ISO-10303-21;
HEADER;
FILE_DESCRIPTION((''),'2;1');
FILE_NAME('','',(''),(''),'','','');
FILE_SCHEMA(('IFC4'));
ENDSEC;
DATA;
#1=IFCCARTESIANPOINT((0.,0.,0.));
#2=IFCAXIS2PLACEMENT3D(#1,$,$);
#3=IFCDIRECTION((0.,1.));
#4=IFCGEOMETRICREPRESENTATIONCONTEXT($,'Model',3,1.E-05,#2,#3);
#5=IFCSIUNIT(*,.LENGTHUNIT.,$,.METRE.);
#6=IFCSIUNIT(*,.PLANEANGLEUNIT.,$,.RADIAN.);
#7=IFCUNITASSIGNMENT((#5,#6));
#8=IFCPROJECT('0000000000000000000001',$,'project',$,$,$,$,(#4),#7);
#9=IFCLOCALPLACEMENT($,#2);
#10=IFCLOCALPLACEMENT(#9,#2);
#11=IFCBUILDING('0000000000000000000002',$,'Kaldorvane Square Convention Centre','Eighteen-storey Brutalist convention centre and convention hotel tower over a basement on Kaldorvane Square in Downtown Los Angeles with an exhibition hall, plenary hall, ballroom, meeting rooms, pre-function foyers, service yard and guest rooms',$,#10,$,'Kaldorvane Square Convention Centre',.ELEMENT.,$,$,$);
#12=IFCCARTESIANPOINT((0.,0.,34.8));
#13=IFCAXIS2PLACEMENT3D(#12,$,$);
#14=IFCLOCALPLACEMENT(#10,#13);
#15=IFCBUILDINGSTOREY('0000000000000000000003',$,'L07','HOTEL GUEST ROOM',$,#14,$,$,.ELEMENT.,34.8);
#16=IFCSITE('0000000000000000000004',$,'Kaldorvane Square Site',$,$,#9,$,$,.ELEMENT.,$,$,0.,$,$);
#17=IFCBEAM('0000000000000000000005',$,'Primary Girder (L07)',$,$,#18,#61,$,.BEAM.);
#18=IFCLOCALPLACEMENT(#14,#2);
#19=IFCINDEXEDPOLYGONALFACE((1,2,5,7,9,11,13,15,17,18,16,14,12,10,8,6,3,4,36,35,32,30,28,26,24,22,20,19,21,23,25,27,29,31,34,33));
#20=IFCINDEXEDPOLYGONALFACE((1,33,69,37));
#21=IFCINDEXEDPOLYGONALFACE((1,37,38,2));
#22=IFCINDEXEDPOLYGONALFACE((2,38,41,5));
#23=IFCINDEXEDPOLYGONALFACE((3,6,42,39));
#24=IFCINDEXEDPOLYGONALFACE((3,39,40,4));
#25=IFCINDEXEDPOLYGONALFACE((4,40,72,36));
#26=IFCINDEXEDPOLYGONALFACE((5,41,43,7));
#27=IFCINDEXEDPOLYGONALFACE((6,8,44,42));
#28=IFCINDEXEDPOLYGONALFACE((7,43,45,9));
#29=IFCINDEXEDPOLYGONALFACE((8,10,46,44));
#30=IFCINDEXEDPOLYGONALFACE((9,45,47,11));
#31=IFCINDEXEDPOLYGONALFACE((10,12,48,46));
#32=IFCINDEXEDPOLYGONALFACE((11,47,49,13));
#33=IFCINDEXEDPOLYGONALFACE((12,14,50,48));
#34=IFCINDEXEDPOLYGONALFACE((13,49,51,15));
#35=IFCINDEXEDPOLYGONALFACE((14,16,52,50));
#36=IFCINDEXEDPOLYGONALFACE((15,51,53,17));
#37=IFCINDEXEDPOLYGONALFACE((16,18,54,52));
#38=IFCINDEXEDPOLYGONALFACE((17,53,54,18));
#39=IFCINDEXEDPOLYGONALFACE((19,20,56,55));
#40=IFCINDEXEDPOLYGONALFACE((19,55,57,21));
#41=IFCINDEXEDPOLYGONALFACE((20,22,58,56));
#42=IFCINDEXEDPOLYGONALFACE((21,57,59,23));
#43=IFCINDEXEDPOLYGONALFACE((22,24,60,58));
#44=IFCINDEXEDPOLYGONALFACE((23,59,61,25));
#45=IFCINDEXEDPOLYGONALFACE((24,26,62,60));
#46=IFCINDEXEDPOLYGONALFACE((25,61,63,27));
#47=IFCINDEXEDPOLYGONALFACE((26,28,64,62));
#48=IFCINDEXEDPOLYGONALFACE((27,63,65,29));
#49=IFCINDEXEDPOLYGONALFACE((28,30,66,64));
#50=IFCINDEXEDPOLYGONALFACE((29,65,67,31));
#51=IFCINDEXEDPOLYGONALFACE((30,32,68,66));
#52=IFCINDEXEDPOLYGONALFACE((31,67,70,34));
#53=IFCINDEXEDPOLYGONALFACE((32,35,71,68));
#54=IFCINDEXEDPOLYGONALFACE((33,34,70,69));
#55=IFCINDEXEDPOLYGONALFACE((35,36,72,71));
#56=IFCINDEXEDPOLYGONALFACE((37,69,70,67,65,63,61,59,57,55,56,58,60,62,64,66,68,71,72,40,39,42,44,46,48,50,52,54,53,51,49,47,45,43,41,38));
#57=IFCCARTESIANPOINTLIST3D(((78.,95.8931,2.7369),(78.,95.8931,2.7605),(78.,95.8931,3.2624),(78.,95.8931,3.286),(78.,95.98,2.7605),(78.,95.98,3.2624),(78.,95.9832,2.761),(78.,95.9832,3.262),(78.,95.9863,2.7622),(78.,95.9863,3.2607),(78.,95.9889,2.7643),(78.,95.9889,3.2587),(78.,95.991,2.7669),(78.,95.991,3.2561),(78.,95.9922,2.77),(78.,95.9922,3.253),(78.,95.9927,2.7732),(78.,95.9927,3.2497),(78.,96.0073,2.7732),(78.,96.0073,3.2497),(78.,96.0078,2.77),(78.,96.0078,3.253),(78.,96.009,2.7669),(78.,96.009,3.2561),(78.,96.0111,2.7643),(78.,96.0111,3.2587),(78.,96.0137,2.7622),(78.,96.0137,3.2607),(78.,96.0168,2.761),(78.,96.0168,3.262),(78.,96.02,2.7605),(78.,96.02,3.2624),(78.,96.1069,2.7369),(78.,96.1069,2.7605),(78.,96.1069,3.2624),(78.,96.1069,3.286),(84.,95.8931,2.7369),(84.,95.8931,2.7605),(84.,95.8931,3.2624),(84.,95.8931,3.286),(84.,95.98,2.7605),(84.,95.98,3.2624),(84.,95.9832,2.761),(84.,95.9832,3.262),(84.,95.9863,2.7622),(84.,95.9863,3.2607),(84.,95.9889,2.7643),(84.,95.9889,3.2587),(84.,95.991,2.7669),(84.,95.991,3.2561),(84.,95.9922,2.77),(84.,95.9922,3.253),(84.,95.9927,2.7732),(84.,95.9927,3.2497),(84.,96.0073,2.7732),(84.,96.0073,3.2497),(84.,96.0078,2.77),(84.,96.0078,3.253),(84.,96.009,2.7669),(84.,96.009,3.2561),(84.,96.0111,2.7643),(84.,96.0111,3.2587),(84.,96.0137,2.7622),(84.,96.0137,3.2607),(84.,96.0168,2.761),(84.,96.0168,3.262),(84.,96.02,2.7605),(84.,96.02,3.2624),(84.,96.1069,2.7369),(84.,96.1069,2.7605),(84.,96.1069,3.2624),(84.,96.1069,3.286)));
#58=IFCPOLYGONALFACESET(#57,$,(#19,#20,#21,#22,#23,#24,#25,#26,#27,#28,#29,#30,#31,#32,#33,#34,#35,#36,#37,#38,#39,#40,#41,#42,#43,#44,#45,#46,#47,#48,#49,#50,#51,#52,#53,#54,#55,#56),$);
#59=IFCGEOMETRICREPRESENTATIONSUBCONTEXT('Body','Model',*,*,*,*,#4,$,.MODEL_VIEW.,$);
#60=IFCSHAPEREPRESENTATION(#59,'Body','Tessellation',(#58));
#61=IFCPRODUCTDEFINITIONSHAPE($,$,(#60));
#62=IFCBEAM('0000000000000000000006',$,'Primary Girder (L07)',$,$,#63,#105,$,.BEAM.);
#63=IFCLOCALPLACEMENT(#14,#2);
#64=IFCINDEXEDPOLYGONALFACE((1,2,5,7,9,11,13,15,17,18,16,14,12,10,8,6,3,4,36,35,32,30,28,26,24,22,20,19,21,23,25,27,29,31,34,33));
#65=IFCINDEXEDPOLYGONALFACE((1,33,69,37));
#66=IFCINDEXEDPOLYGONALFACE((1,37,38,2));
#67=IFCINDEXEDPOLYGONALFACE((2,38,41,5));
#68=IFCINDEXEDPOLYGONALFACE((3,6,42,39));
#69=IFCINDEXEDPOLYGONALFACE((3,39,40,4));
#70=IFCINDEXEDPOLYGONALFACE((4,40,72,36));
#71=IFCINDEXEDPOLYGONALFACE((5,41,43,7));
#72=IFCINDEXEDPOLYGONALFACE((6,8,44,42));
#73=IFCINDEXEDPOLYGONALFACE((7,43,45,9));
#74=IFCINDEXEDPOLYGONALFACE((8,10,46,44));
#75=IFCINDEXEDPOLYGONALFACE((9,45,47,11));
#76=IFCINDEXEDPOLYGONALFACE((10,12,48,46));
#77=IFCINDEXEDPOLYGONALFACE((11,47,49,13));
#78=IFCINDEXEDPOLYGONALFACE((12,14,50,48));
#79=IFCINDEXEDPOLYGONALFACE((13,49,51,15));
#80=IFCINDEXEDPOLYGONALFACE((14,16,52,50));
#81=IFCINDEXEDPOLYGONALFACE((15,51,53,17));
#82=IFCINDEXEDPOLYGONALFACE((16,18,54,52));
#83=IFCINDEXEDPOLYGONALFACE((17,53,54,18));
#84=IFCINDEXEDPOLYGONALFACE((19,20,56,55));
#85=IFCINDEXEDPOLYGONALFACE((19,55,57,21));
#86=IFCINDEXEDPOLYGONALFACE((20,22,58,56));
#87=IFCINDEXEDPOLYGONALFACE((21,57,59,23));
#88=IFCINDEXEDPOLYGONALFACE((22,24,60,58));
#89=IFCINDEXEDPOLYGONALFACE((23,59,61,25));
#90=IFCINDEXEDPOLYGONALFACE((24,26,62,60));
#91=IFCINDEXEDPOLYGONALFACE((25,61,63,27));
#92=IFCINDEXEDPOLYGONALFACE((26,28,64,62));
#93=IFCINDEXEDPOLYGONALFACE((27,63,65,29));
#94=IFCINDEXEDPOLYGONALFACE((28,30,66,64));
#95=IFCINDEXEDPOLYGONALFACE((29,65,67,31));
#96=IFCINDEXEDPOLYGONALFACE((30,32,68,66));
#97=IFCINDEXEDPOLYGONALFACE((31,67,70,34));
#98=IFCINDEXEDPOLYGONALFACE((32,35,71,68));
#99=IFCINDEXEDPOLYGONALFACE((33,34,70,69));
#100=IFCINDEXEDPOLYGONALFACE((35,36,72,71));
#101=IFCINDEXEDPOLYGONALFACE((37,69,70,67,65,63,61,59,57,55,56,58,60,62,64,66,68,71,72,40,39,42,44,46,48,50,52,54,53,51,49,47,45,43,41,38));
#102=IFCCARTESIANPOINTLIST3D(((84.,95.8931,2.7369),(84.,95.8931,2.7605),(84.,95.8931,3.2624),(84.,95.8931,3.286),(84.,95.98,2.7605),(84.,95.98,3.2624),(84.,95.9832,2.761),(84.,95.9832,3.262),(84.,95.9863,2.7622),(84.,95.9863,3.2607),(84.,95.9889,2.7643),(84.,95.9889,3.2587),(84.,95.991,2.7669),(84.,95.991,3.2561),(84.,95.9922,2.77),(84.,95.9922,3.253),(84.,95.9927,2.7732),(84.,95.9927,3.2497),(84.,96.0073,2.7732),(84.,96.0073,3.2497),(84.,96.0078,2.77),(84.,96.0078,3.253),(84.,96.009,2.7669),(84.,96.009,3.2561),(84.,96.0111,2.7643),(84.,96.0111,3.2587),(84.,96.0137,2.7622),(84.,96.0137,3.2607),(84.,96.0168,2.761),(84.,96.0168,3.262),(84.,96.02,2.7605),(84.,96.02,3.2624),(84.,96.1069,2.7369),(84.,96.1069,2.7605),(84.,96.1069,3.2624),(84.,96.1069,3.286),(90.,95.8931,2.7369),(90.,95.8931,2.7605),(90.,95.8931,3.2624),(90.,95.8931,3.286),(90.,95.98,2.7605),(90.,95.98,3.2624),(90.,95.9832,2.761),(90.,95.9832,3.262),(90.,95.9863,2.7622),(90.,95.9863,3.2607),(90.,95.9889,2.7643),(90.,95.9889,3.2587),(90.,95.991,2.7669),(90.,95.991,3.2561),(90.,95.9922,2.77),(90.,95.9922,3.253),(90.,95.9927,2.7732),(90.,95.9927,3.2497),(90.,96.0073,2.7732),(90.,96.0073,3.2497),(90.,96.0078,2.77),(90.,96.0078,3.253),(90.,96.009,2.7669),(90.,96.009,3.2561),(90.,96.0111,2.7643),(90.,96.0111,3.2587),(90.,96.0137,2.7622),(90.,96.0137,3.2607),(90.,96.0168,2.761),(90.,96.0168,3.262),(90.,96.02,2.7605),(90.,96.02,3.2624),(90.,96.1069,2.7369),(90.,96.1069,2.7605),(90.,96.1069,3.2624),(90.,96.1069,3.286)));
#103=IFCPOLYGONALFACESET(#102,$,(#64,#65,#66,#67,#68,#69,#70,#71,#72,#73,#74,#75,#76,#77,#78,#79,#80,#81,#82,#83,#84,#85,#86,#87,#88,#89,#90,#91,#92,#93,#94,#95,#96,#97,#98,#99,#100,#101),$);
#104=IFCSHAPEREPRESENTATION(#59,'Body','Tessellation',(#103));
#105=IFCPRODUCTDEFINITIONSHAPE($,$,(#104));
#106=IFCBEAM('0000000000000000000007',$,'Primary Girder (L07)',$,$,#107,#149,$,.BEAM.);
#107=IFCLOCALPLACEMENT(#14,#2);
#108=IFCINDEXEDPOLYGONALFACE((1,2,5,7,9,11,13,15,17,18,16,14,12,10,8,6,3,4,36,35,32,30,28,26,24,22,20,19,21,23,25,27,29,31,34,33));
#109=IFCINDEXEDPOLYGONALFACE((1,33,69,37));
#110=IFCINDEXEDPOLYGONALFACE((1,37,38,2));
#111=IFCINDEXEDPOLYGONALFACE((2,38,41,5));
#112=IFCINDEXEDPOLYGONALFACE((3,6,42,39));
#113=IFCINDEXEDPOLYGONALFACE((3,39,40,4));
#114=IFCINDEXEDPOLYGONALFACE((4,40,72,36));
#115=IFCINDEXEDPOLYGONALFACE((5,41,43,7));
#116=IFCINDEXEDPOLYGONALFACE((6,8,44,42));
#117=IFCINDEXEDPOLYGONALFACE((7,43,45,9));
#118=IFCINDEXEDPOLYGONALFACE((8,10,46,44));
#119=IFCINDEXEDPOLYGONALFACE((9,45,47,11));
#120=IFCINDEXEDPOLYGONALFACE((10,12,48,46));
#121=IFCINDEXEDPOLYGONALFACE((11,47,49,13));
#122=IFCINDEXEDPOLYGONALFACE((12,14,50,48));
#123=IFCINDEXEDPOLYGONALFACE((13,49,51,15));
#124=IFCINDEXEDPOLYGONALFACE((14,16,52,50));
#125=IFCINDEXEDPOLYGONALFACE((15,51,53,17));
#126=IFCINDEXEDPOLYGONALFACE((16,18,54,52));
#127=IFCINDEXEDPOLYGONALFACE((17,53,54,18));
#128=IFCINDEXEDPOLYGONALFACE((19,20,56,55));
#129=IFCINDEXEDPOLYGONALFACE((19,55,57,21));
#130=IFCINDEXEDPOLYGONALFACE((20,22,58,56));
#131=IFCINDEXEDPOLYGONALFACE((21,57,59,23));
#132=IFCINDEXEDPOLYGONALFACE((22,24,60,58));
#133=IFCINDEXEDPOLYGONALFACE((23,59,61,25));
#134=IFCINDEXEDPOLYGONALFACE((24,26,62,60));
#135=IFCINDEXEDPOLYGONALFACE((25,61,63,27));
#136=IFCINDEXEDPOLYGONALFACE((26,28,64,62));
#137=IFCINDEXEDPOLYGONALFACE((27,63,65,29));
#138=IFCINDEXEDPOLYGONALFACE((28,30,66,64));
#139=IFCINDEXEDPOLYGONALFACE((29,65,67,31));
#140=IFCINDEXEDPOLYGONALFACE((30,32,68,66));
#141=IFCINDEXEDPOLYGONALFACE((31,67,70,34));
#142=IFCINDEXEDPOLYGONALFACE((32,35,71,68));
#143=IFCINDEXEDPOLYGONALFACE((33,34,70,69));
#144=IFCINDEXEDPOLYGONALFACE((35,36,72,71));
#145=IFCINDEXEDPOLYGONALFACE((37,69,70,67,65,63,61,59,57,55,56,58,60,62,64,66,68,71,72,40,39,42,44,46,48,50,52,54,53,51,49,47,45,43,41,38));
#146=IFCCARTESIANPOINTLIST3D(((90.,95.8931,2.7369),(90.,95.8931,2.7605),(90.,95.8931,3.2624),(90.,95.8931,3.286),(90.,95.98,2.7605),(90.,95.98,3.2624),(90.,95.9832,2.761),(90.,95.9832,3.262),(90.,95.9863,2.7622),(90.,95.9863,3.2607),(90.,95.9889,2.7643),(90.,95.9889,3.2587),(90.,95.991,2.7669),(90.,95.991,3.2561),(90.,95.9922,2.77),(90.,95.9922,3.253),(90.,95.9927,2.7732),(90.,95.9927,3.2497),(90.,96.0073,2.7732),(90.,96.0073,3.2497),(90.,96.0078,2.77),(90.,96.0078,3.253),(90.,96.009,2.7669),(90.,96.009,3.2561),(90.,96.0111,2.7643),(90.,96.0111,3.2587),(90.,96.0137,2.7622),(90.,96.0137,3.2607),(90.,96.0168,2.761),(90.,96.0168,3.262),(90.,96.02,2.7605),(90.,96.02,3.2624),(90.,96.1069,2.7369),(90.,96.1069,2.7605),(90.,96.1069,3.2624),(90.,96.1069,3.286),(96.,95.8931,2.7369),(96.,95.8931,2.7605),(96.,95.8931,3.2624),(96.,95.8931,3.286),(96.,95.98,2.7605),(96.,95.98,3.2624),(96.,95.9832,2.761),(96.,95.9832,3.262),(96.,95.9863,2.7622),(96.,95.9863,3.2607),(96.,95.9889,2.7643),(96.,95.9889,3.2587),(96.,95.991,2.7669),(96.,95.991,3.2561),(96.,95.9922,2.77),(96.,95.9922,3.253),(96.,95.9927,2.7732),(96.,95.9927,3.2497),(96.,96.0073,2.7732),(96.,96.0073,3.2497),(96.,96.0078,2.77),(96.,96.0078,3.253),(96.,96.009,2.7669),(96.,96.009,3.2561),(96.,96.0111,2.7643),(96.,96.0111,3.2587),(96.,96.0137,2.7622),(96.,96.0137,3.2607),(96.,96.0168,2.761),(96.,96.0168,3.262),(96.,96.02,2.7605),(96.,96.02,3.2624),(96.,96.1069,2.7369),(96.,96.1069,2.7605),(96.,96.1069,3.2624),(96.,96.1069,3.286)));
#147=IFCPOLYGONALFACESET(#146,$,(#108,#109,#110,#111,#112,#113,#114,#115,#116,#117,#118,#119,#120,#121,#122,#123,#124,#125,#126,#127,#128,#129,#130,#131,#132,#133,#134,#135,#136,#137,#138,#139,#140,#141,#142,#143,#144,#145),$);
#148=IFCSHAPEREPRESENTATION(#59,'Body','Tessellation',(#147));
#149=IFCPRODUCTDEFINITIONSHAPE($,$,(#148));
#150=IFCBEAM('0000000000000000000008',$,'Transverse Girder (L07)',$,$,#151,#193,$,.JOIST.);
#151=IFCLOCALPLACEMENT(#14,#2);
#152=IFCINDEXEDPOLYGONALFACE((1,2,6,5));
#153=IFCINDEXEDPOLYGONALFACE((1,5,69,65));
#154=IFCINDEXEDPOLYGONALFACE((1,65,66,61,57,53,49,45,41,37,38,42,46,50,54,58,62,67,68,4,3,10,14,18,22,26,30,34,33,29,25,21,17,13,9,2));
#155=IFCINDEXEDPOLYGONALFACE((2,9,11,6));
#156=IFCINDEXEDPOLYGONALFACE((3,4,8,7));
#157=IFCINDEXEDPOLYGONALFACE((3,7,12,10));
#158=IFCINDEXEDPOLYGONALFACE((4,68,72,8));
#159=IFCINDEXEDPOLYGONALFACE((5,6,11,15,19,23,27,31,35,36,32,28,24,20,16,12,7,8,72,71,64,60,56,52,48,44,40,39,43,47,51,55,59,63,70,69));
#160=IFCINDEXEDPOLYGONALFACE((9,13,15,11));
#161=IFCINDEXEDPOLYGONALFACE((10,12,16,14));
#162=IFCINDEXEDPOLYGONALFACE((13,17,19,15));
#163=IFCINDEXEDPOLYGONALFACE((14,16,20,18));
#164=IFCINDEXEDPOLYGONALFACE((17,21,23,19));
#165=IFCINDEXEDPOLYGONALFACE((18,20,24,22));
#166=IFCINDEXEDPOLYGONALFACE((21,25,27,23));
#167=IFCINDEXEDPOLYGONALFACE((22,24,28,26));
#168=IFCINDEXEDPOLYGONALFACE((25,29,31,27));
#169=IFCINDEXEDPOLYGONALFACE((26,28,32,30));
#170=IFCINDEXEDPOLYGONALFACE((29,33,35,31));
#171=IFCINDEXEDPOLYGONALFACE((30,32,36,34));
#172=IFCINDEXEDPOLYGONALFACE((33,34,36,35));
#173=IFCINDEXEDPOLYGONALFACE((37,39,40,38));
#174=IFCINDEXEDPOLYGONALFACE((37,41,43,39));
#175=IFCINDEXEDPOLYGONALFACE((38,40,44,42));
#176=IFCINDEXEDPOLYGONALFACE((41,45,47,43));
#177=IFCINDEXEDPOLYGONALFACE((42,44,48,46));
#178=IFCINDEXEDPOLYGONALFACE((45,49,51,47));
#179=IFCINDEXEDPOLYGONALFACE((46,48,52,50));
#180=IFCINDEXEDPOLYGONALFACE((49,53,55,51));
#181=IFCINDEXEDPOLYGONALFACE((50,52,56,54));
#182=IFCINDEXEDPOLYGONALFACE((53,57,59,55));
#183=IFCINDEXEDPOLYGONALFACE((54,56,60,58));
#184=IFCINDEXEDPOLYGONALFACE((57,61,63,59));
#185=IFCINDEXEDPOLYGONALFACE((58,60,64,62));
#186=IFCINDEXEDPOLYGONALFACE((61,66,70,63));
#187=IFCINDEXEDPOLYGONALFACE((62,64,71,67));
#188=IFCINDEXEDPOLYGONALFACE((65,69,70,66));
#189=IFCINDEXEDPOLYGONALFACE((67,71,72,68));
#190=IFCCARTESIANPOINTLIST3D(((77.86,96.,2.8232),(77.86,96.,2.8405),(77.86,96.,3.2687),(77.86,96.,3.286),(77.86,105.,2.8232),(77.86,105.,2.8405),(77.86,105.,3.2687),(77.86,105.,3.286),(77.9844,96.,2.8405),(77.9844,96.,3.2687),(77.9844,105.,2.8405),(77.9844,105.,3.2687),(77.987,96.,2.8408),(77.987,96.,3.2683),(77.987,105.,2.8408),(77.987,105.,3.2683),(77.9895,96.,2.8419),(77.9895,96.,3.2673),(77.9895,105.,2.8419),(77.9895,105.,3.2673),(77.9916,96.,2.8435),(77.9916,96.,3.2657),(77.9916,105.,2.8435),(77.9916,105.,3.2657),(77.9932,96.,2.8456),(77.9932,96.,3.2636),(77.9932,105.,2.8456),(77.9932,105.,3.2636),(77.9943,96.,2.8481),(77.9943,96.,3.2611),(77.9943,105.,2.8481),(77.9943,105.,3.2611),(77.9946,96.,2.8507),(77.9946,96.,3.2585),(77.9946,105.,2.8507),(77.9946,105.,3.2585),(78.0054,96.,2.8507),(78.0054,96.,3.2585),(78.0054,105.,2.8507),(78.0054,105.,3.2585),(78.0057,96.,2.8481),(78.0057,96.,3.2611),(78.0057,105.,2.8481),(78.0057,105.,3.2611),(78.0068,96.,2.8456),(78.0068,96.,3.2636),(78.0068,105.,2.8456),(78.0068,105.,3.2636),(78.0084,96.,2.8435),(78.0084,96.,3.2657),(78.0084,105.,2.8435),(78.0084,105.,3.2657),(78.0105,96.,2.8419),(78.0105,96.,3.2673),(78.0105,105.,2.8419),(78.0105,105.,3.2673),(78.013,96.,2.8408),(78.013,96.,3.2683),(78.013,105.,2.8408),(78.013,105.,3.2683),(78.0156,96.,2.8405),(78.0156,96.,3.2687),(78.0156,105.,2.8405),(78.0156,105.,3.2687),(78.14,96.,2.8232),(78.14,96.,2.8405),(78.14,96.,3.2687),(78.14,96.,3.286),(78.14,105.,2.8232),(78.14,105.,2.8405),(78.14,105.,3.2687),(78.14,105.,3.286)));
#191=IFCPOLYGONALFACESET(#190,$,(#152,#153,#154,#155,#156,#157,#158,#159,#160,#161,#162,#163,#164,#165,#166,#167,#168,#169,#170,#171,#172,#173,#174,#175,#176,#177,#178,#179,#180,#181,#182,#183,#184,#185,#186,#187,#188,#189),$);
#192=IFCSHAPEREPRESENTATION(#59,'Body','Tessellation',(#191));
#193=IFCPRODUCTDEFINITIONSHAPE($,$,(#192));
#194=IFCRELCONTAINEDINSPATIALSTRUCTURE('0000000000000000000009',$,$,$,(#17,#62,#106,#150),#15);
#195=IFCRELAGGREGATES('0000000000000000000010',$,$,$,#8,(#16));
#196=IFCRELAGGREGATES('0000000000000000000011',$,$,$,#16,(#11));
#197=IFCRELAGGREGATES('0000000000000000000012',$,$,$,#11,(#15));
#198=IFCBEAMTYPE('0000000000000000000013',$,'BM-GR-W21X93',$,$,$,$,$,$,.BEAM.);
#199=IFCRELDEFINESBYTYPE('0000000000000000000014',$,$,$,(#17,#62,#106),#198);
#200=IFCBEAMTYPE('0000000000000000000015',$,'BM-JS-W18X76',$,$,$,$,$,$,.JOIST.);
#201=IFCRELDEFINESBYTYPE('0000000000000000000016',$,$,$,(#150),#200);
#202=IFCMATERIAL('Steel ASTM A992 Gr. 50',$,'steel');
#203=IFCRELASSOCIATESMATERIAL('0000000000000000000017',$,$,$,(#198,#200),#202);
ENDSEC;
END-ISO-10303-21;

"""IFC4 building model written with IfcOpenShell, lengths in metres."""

from ifc_helpers import new_model, si_unit, direction, frame, origin, origin_2d, place, context, subcontext, project, spatial, i_section, extrude, material, material_profile, profile_set, type_object, element, save


model = new_model("IFC4")

# Units and contexts
model_context = context("Model", 3, precision=1e-05, world=origin(), true_north=direction((0.0, 1.0)))
body_context = subcontext(model_context, "Body", "Model", "MODEL_VIEW")
ifc_project = project(units=[si_unit("LENGTHUNIT", "METRE"), si_unit("PLANEANGLEUNIT", "RADIAN")], contexts=[model_context])

# Site, building, storey
site_placement = place(None, origin())
site = spatial("IfcSite", under=ifc_project, at=site_placement, Name="Kaldorvane Square Site", CompositionType="ELEMENT", RefElevation=0.0)
building_placement = place(site_placement, origin())
building = spatial("IfcBuilding", under=site, at=building_placement, Name="Kaldorvane Square Convention Centre", Description="Eighteen-storey Brutalist convention centre and convention hotel tower over a basement on Kaldorvane Square in Downtown Los Angeles with an exhibition hall, plenary hall, ballroom, meeting rooms, pre-function foyers, service yard and guest rooms", LongName="Kaldorvane Square Convention Centre", CompositionType="ELEMENT")
storey_placement = place(building_placement, frame((0.0, 0.0, 34.8)))
storey = spatial("IfcBuildingStorey", under=building, at=storey_placement, Name="L07", Description="HOTEL GUEST ROOM", CompositionType="ELEMENT", Elevation=34.8)

# Shared definitions
ifc_material_1 = material(Name="Steel ASTM A992 Gr. 50", Category="steel")

# Beams
ifc_material_profile_1 = material_profile(ifc_material_1, i_section(OverallWidth=0.2139, OverallDepth=0.5491, WebThickness=0.0147, FlangeThickness=0.0236, FilletRadius=0.0127, at=origin_2d()), Name="W21X93")
ifc_profile_set_1 = profile_set([ifc_material_profile_1], Name="Steel ASTM A992 Gr. 50")
beam_type_1 = type_object("IfcBeamType", Name="BM-GR-W21X93", PredefinedType="BEAM", material=ifc_profile_set_1)
for number, where, z_axis, x_axis, name in (
    (1, (78.0, 96.0, 3.0115), (1.0, 0.0, 0.0), (0.0, 1.0, 0.0), "Primary Girder (L07)"),
    (2, (84.0, 96.0, 3.0115), (1.0, 0.0, 0.0), (0.0, 1.0, 0.0), "Primary Girder (L07)"),
    (3, (90.0, 96.0, 3.0115), (1.0, 0.0, 0.0), (0.0, 1.0, 0.0), "Primary Girder (L07)"),
):
    element("IfcBeam", number, at=place(storey_placement, frame(where, z_axis=z_axis, x_axis=x_axis)), inside=storey, type_object=beam_type_1, Name=name, PredefinedType="BEAM", context=body_context, shape_type="SweptSolid", body=[
        extrude(i_section(OverallWidth=0.2139, OverallDepth=0.5491, WebThickness=0.0147, FlangeThickness=0.0236, FilletRadius=0.0127, at=origin_2d()), origin(), (0.0, 0.0, 1.0), 6.0),
    ])
ifc_material_profile_2 = material_profile(ifc_material_1, i_section(OverallWidth=0.2799, OverallDepth=0.4628, WebThickness=0.0108, FlangeThickness=0.0173, FilletRadius=0.0102, at=origin_2d()), Name="W18X76")
ifc_profile_set_2 = profile_set([ifc_material_profile_2], Name="Steel ASTM A992 Gr. 50")
beam_type_2 = type_object("IfcBeamType", Name="BM-JS-W18X76", PredefinedType="JOIST", material=ifc_profile_set_2)
for number, where, z_axis, x_axis, name in (
    (4, (78.0, 96.0, 3.0546), (0.0, 1.0, 0.0), (-1.0, 0.0, 0.0), "Transverse Girder (L07)"),
):
    element("IfcBeam", number, at=place(storey_placement, frame(where, z_axis=z_axis, x_axis=x_axis)), inside=storey, type_object=beam_type_2, Name=name, PredefinedType="JOIST", context=body_context, shape_type="SweptSolid", body=[
        extrude(i_section(OverallWidth=0.2799, OverallDepth=0.4628, WebThickness=0.0108, FlangeThickness=0.0173, FilletRadius=0.0102, at=origin_2d()), origin(), (0.0, 0.0, 1.0), 9.0),
    ])

save(model, "model.ifc")
